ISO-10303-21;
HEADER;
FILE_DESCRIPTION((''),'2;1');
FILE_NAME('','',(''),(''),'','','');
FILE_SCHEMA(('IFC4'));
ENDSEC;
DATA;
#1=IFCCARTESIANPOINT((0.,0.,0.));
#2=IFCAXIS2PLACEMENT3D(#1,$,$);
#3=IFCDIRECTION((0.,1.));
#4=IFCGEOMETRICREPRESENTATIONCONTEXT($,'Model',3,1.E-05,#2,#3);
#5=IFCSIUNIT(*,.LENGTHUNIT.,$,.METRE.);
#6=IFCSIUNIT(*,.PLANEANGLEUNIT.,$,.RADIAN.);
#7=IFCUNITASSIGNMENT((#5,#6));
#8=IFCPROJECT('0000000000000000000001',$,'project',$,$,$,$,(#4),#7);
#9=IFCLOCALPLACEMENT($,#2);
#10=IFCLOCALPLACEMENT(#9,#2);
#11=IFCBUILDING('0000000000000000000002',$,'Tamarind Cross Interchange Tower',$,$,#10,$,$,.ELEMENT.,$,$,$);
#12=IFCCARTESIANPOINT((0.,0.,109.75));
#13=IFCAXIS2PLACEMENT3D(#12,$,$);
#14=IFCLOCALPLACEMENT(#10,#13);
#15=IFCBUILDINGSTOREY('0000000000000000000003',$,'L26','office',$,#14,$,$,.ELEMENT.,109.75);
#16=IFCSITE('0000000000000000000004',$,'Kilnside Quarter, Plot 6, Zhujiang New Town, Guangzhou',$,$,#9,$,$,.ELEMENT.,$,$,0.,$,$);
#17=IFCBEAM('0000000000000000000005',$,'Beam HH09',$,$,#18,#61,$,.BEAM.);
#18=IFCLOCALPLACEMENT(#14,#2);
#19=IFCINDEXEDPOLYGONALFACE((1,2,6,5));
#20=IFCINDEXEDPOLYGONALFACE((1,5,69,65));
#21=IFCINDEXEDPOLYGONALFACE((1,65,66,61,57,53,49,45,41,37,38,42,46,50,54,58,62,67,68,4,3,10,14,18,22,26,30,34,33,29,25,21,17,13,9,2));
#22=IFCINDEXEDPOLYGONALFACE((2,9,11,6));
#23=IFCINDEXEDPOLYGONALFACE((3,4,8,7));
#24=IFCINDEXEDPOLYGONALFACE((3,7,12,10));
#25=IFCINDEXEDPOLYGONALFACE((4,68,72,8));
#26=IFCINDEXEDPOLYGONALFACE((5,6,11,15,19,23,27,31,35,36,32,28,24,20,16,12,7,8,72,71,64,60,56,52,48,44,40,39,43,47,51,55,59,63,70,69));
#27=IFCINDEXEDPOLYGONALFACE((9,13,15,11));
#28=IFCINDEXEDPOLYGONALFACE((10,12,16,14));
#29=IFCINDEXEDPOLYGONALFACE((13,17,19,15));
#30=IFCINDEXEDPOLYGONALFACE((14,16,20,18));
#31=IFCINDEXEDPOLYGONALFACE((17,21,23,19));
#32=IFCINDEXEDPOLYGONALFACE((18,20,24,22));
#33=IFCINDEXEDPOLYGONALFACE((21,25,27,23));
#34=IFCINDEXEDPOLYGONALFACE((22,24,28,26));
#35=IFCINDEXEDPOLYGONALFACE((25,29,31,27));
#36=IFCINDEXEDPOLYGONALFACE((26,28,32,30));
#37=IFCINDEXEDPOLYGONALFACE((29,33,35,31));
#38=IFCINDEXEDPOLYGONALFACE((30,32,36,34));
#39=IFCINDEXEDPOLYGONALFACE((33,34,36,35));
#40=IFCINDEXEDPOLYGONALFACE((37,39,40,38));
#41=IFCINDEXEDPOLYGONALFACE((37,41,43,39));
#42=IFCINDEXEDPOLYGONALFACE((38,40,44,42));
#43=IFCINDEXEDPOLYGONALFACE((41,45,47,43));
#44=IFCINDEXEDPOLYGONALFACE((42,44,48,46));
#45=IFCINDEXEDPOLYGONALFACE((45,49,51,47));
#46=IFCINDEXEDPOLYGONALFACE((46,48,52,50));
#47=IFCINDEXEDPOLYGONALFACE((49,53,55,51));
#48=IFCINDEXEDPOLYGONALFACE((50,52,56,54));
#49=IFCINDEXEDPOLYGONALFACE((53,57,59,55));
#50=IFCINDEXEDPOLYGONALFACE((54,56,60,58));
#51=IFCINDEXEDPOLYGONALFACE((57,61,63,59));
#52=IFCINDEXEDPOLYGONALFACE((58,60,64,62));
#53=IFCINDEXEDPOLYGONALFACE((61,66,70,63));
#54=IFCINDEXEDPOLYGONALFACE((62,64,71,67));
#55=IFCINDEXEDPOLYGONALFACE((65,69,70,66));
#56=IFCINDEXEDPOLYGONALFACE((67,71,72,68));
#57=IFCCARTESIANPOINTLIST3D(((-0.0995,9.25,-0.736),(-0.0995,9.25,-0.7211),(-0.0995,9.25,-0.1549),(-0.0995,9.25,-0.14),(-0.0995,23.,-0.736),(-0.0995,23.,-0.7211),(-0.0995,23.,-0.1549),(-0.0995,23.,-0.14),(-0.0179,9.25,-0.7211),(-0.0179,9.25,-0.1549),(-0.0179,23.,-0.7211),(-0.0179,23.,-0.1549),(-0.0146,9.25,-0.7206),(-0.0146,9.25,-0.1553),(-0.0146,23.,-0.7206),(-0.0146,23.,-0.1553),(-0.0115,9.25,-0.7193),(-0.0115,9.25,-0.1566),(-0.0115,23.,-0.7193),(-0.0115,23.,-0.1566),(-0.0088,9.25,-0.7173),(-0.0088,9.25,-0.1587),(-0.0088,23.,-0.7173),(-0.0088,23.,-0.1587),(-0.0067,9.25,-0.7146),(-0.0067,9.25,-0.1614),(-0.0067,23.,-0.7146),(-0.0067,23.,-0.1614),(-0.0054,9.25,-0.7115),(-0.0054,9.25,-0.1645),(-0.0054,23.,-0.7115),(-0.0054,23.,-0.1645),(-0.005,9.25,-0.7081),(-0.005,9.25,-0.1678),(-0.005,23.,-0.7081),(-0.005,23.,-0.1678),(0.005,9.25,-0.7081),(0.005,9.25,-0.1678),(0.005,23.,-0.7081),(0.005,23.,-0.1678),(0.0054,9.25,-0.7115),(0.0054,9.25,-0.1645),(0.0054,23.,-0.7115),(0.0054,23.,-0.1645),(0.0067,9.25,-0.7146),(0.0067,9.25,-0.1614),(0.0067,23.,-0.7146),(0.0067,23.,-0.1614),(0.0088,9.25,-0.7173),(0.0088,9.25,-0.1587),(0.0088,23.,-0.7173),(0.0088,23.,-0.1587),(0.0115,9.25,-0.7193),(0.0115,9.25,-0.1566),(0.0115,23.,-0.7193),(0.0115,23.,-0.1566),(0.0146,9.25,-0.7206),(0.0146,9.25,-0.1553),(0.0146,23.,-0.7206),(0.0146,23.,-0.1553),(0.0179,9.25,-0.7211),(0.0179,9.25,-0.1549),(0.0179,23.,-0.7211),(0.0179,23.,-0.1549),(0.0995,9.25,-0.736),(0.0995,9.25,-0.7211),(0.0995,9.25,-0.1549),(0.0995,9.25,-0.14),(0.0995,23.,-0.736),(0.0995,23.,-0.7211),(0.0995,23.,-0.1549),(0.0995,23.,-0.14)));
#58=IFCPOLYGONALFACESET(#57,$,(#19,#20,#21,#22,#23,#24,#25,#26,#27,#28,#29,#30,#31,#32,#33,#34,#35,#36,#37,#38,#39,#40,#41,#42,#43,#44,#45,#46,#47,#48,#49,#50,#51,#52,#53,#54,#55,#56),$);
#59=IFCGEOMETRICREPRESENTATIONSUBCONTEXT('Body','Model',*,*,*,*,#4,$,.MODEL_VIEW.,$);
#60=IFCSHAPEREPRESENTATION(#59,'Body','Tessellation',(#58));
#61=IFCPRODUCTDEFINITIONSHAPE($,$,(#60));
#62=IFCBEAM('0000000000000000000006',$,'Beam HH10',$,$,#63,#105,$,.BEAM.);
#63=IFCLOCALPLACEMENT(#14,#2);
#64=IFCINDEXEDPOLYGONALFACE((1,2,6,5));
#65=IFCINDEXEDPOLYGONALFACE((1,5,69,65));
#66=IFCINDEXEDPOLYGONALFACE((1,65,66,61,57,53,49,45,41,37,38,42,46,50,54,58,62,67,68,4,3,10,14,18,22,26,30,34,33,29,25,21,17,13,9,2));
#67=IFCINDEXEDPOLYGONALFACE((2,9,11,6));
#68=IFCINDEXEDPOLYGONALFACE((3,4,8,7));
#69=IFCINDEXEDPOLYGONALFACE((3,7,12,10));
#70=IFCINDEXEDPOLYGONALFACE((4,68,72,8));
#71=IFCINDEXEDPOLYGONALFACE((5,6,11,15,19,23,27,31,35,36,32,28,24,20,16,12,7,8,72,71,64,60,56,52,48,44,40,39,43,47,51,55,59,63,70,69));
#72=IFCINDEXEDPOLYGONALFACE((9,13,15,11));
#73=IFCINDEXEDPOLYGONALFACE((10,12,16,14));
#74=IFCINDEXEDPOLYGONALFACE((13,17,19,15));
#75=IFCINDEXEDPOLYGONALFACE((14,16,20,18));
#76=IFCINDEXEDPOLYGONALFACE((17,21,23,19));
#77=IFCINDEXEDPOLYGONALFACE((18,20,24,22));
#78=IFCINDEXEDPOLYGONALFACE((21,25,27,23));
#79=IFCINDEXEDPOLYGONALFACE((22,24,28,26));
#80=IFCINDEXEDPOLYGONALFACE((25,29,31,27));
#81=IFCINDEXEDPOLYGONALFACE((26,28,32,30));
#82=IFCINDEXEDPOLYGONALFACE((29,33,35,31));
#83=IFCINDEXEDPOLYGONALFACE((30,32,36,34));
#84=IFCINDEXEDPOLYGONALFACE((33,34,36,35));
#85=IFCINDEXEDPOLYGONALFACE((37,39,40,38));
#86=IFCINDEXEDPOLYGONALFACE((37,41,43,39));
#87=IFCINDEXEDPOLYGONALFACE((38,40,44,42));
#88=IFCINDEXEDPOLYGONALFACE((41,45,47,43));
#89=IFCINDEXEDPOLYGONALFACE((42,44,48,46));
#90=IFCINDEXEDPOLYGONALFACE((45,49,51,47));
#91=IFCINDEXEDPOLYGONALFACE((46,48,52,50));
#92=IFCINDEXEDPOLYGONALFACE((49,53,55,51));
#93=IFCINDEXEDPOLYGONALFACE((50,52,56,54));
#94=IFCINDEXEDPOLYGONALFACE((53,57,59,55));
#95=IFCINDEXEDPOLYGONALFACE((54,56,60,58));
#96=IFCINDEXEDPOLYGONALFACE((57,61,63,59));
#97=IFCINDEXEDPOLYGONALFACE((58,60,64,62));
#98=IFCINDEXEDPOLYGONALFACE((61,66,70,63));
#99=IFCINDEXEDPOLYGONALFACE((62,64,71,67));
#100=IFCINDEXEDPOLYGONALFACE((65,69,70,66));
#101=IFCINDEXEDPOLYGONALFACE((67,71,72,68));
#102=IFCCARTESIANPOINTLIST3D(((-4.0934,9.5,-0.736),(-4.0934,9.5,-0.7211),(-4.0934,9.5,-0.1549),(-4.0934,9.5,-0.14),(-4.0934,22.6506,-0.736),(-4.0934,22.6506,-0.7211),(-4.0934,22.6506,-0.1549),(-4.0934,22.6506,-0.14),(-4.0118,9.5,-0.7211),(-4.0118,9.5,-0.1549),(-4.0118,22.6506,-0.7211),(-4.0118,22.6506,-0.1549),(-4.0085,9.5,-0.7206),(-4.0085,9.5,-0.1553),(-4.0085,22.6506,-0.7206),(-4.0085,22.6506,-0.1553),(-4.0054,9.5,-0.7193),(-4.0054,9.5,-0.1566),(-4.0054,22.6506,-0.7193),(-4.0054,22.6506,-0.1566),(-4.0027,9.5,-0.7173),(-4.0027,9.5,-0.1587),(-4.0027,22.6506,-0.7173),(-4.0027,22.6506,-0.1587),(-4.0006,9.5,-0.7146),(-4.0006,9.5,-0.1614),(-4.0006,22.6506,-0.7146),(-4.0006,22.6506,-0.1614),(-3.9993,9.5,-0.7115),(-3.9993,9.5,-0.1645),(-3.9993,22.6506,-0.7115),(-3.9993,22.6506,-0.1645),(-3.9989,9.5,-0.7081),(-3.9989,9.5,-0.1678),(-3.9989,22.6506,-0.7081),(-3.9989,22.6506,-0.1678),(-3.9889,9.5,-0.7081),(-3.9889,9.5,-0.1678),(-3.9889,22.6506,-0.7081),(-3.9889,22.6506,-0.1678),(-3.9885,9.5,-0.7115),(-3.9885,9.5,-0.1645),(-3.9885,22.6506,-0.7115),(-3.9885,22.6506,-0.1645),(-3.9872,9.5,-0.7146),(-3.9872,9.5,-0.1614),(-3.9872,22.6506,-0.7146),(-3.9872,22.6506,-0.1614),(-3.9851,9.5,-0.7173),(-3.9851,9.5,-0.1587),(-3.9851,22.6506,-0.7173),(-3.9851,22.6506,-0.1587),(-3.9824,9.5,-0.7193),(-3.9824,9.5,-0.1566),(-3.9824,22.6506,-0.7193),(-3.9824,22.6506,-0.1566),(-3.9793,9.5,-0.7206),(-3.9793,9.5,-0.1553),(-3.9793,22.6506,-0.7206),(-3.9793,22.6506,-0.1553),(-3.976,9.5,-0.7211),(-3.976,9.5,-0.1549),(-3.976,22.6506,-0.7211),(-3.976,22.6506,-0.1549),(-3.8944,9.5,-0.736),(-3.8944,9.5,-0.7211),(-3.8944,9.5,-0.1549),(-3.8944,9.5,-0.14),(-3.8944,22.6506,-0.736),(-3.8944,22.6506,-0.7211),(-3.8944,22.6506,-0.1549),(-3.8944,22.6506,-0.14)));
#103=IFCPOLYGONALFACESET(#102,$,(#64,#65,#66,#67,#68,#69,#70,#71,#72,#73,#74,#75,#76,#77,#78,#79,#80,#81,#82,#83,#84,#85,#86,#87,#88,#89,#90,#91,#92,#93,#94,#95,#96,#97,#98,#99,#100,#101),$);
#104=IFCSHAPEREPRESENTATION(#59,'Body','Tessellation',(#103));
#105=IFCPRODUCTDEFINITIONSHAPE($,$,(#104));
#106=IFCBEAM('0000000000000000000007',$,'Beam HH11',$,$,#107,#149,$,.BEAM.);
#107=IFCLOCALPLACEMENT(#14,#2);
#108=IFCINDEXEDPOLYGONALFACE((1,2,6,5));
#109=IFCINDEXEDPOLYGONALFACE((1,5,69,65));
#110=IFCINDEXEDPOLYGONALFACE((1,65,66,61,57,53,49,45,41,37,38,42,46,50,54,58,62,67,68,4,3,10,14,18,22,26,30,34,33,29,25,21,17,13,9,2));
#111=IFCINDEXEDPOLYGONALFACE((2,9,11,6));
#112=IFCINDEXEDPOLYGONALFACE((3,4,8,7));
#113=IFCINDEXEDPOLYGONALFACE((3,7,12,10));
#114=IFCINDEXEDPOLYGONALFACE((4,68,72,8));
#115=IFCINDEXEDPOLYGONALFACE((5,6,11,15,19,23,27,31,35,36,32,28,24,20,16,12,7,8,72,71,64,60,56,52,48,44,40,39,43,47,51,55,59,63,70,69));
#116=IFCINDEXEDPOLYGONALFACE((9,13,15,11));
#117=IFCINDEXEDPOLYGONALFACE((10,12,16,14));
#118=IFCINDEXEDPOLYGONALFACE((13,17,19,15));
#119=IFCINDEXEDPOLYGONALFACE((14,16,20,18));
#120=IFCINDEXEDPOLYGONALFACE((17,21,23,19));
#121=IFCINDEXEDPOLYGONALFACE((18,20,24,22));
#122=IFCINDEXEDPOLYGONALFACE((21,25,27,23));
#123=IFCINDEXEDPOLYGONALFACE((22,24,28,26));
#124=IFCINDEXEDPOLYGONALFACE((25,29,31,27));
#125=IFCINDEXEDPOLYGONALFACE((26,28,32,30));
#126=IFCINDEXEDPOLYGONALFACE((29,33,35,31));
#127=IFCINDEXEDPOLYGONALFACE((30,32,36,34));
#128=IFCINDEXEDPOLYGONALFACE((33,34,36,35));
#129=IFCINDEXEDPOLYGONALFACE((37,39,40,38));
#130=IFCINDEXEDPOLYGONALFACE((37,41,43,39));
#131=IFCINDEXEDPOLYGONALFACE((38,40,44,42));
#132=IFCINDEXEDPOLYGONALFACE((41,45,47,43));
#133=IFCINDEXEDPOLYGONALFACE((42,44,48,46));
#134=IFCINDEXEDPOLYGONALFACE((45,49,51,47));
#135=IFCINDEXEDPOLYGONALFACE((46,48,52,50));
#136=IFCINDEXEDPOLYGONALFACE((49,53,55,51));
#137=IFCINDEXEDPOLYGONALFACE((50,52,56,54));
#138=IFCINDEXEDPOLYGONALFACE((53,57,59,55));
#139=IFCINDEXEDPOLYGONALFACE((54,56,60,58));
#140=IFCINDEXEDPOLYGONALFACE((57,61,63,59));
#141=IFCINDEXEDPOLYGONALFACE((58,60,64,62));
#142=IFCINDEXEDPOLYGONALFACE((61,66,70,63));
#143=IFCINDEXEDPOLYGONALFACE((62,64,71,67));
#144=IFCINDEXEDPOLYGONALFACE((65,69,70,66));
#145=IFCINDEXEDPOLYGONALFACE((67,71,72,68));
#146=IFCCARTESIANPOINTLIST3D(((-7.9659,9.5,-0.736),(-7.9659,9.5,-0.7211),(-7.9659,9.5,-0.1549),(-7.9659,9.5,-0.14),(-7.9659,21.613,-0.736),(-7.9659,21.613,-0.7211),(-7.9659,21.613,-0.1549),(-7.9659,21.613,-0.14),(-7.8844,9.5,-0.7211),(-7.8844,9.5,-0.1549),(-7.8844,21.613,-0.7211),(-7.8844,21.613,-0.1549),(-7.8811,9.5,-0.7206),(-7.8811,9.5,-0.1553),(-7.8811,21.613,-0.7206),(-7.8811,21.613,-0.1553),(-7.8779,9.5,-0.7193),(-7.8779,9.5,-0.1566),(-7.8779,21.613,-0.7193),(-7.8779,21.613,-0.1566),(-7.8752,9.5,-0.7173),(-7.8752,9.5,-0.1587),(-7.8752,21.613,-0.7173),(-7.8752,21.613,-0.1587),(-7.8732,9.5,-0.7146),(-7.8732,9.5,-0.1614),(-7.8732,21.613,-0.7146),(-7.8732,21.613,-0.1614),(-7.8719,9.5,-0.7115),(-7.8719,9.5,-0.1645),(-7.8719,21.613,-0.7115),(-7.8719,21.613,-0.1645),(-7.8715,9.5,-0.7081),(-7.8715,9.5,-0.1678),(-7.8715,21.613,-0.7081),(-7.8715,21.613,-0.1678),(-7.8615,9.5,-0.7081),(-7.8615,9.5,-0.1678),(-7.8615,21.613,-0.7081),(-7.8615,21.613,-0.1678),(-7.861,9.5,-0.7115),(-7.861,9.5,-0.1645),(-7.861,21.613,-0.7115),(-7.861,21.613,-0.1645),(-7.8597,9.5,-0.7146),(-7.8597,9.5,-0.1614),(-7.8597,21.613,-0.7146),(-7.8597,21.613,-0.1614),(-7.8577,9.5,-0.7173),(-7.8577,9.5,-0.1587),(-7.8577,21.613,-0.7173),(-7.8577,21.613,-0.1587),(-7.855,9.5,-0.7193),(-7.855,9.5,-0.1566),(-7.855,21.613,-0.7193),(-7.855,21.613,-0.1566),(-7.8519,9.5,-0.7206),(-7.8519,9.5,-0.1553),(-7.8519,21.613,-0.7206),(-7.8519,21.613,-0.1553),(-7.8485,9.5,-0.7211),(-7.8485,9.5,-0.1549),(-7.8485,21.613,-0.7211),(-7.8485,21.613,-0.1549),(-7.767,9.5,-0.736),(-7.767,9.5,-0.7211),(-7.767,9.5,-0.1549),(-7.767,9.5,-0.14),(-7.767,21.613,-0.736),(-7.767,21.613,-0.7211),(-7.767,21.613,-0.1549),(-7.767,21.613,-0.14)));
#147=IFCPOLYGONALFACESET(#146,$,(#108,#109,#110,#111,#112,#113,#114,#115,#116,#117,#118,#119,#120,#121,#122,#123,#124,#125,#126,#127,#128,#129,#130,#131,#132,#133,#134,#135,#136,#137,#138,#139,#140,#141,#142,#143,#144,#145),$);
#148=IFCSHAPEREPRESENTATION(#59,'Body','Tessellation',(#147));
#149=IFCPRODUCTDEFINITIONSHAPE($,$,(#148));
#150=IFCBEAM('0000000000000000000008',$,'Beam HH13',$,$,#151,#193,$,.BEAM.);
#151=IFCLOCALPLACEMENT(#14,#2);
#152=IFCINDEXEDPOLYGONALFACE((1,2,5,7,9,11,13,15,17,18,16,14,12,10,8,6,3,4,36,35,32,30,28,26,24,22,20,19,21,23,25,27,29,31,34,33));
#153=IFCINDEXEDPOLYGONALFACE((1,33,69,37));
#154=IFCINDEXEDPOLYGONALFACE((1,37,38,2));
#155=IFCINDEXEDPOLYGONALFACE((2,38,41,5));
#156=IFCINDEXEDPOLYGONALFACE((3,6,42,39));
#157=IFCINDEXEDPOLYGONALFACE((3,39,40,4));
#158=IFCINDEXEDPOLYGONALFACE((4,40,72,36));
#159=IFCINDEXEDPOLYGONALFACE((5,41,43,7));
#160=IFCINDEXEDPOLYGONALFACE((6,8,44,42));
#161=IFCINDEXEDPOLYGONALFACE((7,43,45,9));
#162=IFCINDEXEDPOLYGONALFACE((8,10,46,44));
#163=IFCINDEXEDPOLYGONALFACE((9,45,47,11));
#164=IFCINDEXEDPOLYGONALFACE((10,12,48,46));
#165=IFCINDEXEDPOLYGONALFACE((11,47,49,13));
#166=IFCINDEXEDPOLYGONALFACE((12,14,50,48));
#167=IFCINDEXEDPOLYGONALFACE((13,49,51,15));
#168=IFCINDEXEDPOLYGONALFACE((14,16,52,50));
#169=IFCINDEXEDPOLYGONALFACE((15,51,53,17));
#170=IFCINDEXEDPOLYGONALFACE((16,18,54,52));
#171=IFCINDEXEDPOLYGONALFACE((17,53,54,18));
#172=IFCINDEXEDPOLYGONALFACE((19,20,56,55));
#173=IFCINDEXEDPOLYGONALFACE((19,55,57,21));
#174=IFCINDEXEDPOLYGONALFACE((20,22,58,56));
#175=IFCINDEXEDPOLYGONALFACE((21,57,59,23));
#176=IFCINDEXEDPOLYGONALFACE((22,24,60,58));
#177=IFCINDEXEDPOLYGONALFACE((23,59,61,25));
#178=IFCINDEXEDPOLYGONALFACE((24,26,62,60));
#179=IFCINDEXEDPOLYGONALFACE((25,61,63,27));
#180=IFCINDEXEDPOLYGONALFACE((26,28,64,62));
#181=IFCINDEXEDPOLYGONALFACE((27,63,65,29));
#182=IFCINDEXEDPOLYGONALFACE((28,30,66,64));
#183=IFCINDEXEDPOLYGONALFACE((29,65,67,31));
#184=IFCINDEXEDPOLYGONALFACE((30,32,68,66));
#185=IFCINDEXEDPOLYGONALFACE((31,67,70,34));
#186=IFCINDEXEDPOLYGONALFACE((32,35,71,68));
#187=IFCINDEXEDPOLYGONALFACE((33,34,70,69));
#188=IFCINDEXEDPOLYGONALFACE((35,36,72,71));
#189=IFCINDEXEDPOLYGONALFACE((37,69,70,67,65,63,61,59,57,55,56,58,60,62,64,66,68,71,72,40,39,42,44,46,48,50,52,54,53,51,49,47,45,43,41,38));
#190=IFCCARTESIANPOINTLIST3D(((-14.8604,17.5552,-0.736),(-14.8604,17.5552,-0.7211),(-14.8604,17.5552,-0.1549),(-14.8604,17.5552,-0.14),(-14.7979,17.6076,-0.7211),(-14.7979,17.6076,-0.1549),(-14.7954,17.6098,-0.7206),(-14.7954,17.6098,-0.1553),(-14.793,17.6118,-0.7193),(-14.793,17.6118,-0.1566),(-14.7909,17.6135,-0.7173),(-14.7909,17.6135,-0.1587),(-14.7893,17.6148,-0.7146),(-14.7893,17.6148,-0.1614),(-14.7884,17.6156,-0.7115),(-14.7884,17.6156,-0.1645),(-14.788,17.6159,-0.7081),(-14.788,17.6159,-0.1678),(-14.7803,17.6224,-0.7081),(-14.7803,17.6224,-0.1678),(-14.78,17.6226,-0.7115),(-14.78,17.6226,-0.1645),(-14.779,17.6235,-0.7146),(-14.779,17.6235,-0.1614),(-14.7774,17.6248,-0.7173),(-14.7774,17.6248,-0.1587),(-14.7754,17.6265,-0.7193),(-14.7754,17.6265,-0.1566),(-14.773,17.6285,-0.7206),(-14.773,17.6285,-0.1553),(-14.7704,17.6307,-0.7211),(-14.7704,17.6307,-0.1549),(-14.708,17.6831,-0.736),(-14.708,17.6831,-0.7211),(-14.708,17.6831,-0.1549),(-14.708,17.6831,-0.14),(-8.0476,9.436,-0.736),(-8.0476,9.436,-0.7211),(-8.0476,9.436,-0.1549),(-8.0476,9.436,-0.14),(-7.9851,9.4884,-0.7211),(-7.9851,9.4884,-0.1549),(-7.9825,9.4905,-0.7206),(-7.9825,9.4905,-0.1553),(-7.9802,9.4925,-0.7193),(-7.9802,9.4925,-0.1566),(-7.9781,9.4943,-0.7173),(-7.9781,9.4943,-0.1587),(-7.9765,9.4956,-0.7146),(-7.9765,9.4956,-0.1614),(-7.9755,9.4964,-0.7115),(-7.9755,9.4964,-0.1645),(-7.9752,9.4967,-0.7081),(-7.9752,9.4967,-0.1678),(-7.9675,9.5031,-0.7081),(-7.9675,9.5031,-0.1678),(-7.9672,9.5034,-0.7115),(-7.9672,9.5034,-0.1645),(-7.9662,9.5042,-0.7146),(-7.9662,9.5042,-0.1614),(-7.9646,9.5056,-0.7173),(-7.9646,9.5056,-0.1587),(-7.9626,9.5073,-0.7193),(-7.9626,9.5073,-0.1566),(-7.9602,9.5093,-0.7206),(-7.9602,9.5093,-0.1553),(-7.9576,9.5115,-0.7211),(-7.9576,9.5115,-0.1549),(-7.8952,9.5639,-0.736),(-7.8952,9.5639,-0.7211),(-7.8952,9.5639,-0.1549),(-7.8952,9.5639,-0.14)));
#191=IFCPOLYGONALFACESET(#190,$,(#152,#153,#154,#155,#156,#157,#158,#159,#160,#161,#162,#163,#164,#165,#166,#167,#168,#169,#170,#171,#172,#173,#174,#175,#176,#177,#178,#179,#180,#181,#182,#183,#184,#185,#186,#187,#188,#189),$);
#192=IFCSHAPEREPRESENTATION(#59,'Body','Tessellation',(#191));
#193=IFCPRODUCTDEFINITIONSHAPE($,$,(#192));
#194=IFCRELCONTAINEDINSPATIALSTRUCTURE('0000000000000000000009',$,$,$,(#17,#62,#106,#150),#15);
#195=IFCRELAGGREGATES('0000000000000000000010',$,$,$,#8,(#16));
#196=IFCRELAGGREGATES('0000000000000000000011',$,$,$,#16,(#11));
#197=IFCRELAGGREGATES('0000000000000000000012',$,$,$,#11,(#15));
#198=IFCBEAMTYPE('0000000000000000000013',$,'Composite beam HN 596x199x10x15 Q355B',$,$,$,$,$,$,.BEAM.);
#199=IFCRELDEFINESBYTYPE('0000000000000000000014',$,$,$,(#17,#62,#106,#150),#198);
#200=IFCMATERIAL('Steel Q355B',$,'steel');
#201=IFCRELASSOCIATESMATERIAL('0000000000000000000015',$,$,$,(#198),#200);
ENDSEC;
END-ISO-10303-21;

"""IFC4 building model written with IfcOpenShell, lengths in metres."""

from ifc_helpers import new_model, si_unit, direction, frame, origin, origin_2d, place, context, subcontext, project, spatial, i_section, extrude, material, material_profile, profile_set, type_object, element, save


model = new_model("IFC4")

# Units and contexts
model_context = context("Model", 3, precision=1e-05, world=origin(), true_north=direction((0.0, 1.0)))
body_context = subcontext(model_context, "Body", "Model", "MODEL_VIEW")
ifc_project = project(units=[si_unit("LENGTHUNIT", "METRE"), si_unit("PLANEANGLEUNIT", "RADIAN")], contexts=[model_context])

# Site, building, storey
site_placement = place(None, origin())
site = spatial("IfcSite", under=ifc_project, at=site_placement, Name="Kilnside Quarter, Plot 6, Zhujiang New Town, Guangzhou", CompositionType="ELEMENT", RefElevation=0.0)
building_placement = place(site_placement, origin())
building = spatial("IfcBuilding", under=site, at=building_placement, Name="Tamarind Cross Interchange Tower", CompositionType="ELEMENT")
storey_placement = place(building_placement, frame((0.0, 0.0, 109.75)))
storey = spatial("IfcBuildingStorey", under=building, at=storey_placement, Name="L26", Description="office", CompositionType="ELEMENT", Elevation=109.75)

# Beams
ifc_material_1 = material(Name="Steel Q355B", Category="steel")
ifc_material_profile_1 = material_profile(ifc_material_1, i_section(OverallWidth=0.199, OverallDepth=0.5959, WebThickness=0.01, FlangeThickness=0.0149, FilletRadius=0.0129, at=origin_2d()), Name="HN 596x199x10x15")
ifc_profile_set_1 = profile_set([ifc_material_profile_1], Name="Steel Q355B")
beam_type_1 = type_object("IfcBeamType", Name="Composite beam HN 596x199x10x15 Q355B", PredefinedType="BEAM", material=ifc_profile_set_1)
beam_1_placement = place(storey_placement, frame((0.0, 23.0, -0.438), z_axis=(0.0, -1.0, 0.0), x_axis=(1.0, 0.0, 0.0)))
element("IfcBeam", 1, at=beam_1_placement, inside=storey, type_object=beam_type_1, Name="Beam HH09", PredefinedType="BEAM", context=body_context, shape_type="SweptSolid", body=[
    extrude(i_section(OverallWidth=0.199, OverallDepth=0.5959, WebThickness=0.01, FlangeThickness=0.0149, FilletRadius=0.0129, at=origin_2d()), origin(), (0.0, 0.0, 1.0), 13.75),
])
beam_2_placement = place(storey_placement, frame((-3.9939, 22.6506, -0.438), z_axis=(0.0, -1.0, 0.0), x_axis=(1.0, 0.0, 0.0)))
element("IfcBeam", 2, at=beam_2_placement, inside=storey, type_object=beam_type_1, Name="Beam HH10", PredefinedType="BEAM", context=body_context, shape_type="SweptSolid", body=[
    extrude(i_section(OverallWidth=0.199, OverallDepth=0.5959, WebThickness=0.01, FlangeThickness=0.0149, FilletRadius=0.0129, at=origin_2d()), origin(), (0.0, 0.0, 1.0), 13.1506),
])
beam_3_placement = place(storey_placement, frame((-7.8665, 21.613, -0.438), z_axis=(0.0, -1.0, 0.0), x_axis=(1.0, 0.0, 0.0)))
element("IfcBeam", 3, at=beam_3_placement, inside=storey, type_object=beam_type_1, Name="Beam HH11", PredefinedType="BEAM", context=body_context, shape_type="SweptSolid", body=[
    extrude(i_section(OverallWidth=0.199, OverallDepth=0.5959, WebThickness=0.01, FlangeThickness=0.0149, FilletRadius=0.0129, at=origin_2d()), origin(), (0.0, 0.0, 1.0), 12.113),
])
beam_4_placement = place(storey_placement, frame((-14.7842, 17.6191, -0.438), z_axis=(0.642786, -0.766046, 0.0), x_axis=(0.766046, 0.642786, 0.0)))
element("IfcBeam", 4, at=beam_4_placement, inside=storey, type_object=beam_type_1, Name="Beam HH13", PredefinedType="BEAM", context=body_context, shape_type="SweptSolid", body=[
    extrude(i_section(OverallWidth=0.199, OverallDepth=0.5959, WebThickness=0.01, FlangeThickness=0.0149, FilletRadius=0.0129, at=origin_2d()), origin(), (0.0, 0.0, 1.0), 10.5989),
])

save(model, "model.ifc")
